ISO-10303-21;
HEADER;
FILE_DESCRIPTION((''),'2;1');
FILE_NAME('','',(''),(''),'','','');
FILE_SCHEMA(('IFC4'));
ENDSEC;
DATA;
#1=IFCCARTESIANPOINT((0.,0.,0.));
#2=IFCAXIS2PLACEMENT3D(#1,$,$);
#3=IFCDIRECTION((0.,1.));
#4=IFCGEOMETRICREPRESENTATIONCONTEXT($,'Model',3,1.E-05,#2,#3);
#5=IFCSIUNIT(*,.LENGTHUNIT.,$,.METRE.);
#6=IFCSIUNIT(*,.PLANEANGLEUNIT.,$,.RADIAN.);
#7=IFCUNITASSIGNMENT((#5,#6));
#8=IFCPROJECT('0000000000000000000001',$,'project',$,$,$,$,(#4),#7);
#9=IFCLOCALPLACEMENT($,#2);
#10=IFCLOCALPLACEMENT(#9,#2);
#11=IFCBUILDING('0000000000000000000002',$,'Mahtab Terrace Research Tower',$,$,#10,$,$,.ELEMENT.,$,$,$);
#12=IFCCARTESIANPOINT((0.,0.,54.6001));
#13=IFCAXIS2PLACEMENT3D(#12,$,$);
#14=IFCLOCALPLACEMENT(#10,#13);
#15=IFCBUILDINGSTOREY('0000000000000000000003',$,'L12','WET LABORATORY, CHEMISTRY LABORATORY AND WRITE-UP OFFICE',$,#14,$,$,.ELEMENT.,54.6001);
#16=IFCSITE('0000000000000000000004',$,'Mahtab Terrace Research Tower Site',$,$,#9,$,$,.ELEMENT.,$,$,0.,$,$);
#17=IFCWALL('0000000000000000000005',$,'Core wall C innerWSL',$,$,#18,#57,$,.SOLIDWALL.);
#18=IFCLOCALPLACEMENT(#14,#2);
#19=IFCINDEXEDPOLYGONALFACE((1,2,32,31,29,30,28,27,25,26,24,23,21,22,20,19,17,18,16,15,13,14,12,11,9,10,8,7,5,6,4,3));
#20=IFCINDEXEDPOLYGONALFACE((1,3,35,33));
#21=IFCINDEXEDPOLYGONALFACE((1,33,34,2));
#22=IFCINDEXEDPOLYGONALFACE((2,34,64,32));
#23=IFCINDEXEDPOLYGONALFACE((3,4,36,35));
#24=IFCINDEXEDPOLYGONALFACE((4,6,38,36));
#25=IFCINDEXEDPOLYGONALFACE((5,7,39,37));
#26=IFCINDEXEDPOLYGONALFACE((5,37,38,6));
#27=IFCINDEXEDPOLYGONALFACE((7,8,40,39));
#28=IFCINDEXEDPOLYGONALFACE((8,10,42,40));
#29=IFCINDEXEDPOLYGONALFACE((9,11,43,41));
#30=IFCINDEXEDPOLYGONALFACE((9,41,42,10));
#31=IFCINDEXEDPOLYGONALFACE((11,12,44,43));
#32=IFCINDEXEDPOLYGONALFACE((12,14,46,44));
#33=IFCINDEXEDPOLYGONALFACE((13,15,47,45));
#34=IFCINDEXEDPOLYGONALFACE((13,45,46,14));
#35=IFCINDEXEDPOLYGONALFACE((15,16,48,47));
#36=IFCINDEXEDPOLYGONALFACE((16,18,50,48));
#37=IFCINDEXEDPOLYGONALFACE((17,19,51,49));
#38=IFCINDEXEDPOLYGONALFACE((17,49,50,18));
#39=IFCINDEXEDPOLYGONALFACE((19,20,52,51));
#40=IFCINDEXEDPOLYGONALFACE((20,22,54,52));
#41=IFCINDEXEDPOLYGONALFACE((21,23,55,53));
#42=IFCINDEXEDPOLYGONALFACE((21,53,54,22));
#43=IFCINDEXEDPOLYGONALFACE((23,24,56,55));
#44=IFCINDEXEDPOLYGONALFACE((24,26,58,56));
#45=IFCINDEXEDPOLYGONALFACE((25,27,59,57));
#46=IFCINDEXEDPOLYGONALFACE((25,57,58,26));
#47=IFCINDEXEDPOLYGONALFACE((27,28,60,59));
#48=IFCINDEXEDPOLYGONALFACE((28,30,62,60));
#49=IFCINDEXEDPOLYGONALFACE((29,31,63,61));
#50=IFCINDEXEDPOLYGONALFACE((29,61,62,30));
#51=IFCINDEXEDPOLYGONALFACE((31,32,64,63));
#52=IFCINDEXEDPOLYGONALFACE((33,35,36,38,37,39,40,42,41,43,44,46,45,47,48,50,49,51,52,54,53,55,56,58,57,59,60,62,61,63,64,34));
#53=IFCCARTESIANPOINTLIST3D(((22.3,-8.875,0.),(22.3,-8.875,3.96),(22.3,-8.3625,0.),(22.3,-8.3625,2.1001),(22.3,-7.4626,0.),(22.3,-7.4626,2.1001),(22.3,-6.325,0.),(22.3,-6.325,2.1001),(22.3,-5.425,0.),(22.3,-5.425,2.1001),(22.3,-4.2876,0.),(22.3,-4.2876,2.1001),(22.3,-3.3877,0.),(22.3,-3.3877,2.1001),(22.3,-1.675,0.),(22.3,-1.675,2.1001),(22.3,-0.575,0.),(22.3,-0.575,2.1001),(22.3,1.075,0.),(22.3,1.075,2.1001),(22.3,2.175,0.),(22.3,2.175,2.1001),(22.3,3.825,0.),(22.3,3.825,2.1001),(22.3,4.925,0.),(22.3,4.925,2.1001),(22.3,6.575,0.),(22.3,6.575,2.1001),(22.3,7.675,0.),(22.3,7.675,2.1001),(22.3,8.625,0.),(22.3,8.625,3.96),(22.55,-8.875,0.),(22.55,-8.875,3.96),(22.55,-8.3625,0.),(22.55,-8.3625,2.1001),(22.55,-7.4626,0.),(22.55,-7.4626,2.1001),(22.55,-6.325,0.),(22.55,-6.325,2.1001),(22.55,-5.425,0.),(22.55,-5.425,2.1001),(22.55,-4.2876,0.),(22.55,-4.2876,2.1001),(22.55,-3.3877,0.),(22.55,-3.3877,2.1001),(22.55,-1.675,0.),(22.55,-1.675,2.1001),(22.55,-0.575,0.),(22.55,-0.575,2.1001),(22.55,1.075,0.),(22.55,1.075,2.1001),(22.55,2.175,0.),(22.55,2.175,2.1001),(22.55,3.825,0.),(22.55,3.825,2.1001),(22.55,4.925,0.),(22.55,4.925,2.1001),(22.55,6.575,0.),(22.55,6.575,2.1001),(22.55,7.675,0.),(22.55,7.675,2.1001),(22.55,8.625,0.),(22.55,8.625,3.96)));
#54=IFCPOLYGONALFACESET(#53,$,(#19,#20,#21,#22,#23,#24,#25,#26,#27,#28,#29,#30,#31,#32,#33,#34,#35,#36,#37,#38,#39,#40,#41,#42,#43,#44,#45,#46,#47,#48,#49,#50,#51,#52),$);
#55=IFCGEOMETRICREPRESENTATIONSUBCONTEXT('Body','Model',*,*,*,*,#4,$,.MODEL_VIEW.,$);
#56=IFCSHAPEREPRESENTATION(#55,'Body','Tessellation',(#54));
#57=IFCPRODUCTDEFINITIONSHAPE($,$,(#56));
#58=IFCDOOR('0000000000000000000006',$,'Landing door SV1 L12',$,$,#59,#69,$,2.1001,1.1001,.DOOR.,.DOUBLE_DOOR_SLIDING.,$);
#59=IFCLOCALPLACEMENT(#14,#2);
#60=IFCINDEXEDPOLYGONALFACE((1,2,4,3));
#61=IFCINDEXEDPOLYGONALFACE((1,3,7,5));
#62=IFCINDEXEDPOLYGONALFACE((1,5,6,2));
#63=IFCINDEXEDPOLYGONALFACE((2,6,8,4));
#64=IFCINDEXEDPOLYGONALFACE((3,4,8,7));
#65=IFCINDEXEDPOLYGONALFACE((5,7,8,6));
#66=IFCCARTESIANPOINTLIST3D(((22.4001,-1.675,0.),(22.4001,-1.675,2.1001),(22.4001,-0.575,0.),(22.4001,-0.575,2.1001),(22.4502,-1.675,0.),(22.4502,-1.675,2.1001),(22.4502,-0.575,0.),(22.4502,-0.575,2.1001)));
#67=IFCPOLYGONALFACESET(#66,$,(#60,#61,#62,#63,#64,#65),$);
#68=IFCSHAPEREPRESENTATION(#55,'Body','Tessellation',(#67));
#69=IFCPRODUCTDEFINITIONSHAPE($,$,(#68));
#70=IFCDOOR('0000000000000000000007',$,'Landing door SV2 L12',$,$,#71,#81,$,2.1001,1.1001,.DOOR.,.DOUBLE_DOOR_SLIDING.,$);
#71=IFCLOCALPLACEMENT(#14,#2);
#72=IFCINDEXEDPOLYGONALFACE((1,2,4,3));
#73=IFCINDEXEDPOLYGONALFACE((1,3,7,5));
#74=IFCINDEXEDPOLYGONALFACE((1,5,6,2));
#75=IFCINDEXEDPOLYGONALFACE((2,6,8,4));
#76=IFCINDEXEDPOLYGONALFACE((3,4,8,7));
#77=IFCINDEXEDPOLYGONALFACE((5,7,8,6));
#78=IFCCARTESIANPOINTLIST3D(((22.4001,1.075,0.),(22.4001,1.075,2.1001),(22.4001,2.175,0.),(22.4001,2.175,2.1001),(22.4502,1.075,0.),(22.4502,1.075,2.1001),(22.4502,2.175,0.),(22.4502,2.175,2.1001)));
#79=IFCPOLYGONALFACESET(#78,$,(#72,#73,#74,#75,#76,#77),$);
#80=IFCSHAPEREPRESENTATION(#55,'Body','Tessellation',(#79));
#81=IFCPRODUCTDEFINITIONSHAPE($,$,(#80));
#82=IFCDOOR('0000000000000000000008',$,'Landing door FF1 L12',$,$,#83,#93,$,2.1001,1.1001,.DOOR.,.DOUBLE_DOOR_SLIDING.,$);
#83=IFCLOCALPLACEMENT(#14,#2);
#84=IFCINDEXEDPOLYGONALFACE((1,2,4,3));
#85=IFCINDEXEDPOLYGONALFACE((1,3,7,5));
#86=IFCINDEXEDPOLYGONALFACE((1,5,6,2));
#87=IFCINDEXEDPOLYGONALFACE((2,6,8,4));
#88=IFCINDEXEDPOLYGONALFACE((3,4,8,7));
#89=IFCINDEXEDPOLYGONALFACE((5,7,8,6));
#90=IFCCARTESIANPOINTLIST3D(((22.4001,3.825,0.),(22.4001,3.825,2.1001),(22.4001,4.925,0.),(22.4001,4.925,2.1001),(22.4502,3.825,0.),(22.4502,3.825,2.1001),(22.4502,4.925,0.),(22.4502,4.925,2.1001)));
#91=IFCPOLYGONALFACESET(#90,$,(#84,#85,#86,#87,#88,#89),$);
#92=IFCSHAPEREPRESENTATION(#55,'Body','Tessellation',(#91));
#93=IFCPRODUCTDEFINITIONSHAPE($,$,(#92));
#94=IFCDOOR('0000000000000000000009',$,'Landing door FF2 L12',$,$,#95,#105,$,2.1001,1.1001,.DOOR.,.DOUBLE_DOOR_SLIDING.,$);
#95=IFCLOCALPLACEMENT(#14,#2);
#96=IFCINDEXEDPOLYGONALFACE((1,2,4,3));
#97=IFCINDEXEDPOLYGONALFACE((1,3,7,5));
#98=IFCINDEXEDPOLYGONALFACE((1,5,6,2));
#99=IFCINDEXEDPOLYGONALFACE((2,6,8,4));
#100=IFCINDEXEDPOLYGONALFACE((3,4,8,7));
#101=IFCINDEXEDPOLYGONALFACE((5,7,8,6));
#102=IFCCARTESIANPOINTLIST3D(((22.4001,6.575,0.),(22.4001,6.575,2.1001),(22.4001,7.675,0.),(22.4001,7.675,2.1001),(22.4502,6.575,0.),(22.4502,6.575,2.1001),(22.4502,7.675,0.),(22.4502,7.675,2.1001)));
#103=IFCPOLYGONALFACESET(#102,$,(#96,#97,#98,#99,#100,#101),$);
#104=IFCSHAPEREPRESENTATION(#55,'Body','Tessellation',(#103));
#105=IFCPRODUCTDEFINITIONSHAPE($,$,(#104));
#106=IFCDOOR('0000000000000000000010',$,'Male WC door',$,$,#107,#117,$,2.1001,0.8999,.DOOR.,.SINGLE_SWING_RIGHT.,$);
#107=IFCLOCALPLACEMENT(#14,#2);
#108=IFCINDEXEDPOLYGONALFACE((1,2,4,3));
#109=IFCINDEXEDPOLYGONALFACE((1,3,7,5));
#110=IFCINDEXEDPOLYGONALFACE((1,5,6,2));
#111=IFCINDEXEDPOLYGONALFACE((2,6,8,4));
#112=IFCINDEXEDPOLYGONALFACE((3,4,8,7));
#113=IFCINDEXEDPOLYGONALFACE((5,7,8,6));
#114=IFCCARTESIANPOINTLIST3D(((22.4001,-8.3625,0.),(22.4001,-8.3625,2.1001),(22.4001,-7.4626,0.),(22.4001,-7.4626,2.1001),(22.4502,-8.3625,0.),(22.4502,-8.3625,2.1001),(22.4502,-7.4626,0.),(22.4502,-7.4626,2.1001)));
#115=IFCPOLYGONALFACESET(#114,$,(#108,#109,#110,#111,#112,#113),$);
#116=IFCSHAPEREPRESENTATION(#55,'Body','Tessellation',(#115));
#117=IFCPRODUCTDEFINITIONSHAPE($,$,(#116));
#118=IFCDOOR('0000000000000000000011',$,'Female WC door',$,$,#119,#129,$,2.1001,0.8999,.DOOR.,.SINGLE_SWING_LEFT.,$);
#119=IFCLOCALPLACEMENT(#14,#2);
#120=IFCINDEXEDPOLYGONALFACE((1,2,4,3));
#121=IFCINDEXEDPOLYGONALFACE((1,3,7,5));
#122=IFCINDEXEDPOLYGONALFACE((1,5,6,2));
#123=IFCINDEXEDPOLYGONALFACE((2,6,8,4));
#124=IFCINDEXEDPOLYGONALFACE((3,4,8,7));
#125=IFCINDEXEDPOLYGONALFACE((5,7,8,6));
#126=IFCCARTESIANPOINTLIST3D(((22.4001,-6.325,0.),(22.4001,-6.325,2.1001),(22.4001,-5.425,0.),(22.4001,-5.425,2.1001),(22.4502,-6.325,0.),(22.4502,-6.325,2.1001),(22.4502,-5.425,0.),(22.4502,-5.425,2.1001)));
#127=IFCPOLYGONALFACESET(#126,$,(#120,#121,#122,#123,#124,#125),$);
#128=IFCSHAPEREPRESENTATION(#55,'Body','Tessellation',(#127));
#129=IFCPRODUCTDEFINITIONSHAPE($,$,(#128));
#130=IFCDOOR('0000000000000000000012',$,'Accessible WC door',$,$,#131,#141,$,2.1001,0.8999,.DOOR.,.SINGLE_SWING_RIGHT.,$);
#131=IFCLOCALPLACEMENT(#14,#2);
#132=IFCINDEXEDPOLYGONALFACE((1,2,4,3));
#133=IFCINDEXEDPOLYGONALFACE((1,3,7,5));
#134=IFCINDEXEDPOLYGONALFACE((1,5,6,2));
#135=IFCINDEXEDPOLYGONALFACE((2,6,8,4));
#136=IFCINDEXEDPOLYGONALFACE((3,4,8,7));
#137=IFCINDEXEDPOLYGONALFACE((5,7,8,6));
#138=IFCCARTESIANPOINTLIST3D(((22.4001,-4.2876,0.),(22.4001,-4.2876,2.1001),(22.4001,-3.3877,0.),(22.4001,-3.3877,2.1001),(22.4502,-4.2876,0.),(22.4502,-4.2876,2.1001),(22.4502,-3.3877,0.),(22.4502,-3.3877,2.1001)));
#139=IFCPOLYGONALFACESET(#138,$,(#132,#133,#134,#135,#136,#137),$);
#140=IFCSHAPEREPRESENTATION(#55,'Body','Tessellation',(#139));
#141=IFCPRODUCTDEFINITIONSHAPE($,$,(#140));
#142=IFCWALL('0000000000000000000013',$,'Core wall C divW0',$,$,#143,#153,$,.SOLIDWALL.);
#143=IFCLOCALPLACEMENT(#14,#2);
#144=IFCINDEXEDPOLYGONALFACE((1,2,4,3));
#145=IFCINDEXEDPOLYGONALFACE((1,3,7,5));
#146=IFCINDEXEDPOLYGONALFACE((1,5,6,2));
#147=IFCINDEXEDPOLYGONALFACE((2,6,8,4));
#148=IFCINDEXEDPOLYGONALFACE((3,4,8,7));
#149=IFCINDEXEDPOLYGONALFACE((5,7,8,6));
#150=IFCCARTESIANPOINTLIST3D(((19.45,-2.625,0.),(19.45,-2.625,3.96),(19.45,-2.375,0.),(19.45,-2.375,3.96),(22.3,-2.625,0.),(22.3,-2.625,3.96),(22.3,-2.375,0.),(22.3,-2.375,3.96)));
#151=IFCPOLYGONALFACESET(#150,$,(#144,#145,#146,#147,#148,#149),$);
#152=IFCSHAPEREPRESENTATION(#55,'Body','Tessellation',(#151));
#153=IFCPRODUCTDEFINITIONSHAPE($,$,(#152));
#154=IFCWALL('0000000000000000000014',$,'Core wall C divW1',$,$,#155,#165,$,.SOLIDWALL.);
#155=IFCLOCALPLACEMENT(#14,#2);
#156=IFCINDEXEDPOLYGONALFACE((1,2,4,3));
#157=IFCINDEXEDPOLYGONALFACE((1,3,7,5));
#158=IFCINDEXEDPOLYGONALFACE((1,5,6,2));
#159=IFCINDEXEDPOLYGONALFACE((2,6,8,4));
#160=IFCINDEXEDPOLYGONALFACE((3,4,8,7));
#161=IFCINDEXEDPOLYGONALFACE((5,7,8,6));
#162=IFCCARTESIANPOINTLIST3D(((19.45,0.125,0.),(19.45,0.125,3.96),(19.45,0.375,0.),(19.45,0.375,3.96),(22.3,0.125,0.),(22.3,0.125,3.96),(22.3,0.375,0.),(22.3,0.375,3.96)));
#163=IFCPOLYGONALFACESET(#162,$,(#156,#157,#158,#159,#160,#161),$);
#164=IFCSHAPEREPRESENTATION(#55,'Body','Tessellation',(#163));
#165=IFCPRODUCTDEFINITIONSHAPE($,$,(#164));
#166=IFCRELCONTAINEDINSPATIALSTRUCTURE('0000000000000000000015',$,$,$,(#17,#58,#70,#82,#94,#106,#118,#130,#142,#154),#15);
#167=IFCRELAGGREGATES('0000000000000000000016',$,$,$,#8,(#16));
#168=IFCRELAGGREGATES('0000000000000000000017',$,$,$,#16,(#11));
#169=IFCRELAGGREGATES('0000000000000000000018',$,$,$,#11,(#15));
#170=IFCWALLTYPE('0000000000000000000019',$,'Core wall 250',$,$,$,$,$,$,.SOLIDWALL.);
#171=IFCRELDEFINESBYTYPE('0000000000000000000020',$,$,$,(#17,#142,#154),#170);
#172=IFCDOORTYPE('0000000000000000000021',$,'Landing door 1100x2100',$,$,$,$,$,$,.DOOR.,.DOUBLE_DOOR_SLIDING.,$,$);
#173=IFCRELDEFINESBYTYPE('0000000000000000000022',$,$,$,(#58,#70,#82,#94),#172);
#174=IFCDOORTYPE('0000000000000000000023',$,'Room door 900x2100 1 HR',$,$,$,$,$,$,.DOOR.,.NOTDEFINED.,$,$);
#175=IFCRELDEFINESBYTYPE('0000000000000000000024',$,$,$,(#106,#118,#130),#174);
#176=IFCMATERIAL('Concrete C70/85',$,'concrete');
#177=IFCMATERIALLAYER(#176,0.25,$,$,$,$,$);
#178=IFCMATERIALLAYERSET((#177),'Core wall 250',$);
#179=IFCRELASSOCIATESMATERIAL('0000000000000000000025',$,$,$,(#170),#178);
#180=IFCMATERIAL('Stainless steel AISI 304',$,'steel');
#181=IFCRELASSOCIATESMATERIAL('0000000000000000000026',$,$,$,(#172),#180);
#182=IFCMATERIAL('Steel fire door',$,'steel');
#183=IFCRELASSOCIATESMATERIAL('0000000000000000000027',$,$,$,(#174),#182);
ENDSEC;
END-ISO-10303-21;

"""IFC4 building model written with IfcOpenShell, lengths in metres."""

from ifc_helpers import new_model, si_unit, direction, frame, frame_2d, origin, place, context, subcontext, project, spatial, rectangle, extrude, material, layer, layer_set, type_object, element, fill, save


model = new_model("IFC4")

# Units and contexts
model_context = context("Model", 3, precision=1e-05, world=origin(), true_north=direction((0.0, 1.0)))
body_context = subcontext(model_context, "Body", "Model", "MODEL_VIEW")
ifc_project = project(units=[si_unit("LENGTHUNIT", "METRE"), si_unit("PLANEANGLEUNIT", "RADIAN")], contexts=[model_context])

# Site, building, storey
site_placement = place(None, origin())
site = spatial("IfcSite", under=ifc_project, at=site_placement, Name="Mahtab Terrace Research Tower Site", CompositionType="ELEMENT", RefElevation=0.0)
building_placement = place(site_placement, origin())
building = spatial("IfcBuilding", under=site, at=building_placement, Name="Mahtab Terrace Research Tower", CompositionType="ELEMENT")
storey_placement = place(building_placement, frame((0.0, 0.0, 54.6001)))
storey = spatial("IfcBuildingStorey", under=building, at=storey_placement, Name="L12", Description="WET LABORATORY, CHEMISTRY LABORATORY AND WRITE-UP OFFICE", CompositionType="ELEMENT", Elevation=54.6001)

# Shared definitions
ifc_material_1 = material(Name="Concrete C70/85", Category="concrete")

# Wall, openings, doors
ifc_layer_1 = layer(ifc_material_1, 0.25)
ifc_layer_set_1 = layer_set([ifc_layer_1], Name="Core wall 250")
wall_type_1 = type_object("IfcWallType", Name="Core wall 250", PredefinedType="SOLIDWALL", material=ifc_layer_set_1)
wall_1_placement = place(storey_placement, frame((22.425, -8.875, 0.0), z_axis=(0.0, 0.0, 1.0), x_axis=(0.0, 1.0, 0.0)))
wall_1 = element("IfcWall", 1, at=wall_1_placement, inside=storey, type_object=wall_type_1, Name="Core wall C innerWSL", PredefinedType="SOLIDWALL", context=body_context, shape_type="SweptSolid", body=[
    extrude(rectangle(XDim=17.5, YDim=0.25, at=frame_2d((8.75, 0.0))), origin(), (0.0, 0.0, 1.0), 3.96),
])
opening_1_placement = place(wall_1_placement, frame((7.2, 0.0, 0.0)))
opening_1 = element("IfcOpeningElement", 2, at=opening_1_placement, cuts=wall_1, PredefinedType="OPENING", context=body_context, shape_type="SweptSolid", body=[
    extrude(rectangle(XDim=1.1001, YDim=2.1001, at=frame_2d((0.55, 1.05))), frame((0.0, 0.135, 0.0), z_axis=(0.0, -1.0, 0.0), x_axis=(1.0, 0.0, 0.0)), (0.0, 0.0, 1.0), 0.27),
])
opening_2_placement = place(wall_1_placement, frame((9.95, 0.0, 0.0)))
opening_2 = element("IfcOpeningElement", 3, at=opening_2_placement, cuts=wall_1, PredefinedType="OPENING", context=body_context, shape_type="SweptSolid", body=[
    extrude(rectangle(XDim=1.1001, YDim=2.1001, at=frame_2d((0.55, 1.05))), frame((0.0, 0.135, 0.0), z_axis=(0.0, -1.0, 0.0), x_axis=(1.0, 0.0, 0.0)), (0.0, 0.0, 1.0), 0.27),
])
opening_3_placement = place(wall_1_placement, frame((12.7, 0.0, 0.0)))
opening_3 = element("IfcOpeningElement", 4, at=opening_3_placement, cuts=wall_1, PredefinedType="OPENING", context=body_context, shape_type="SweptSolid", body=[
    extrude(rectangle(XDim=1.1001, YDim=2.1001, at=frame_2d((0.55, 1.05))), frame((0.0, 0.135, 0.0), z_axis=(0.0, -1.0, 0.0), x_axis=(1.0, 0.0, 0.0)), (0.0, 0.0, 1.0), 0.27),
])
opening_4_placement = place(wall_1_placement, frame((15.45, 0.0, 0.0)))
opening_4 = element("IfcOpeningElement", 5, at=opening_4_placement, cuts=wall_1, PredefinedType="OPENING", context=body_context, shape_type="SweptSolid", body=[
    extrude(rectangle(XDim=1.1001, YDim=2.1001, at=frame_2d((0.55, 1.05))), frame((0.0, 0.135, 0.0), z_axis=(0.0, -1.0, 0.0), x_axis=(1.0, 0.0, 0.0)), (0.0, 0.0, 1.0), 0.27),
])
opening_5_placement = place(wall_1_placement, frame((0.5125, 0.0, 0.0)))
opening_5 = element("IfcOpeningElement", 6, at=opening_5_placement, cuts=wall_1, PredefinedType="OPENING", context=body_context, shape_type="SweptSolid", body=[
    extrude(rectangle(XDim=0.8999, YDim=2.1001, at=frame_2d((0.45, 1.05))), frame((0.0, 0.135, 0.0), z_axis=(0.0, -1.0, 0.0), x_axis=(1.0, 0.0, 0.0)), (0.0, 0.0, 1.0), 0.27),
])
opening_6_placement = place(wall_1_placement, frame((2.55, 0.0, 0.0)))
opening_6 = element("IfcOpeningElement", 7, at=opening_6_placement, cuts=wall_1, PredefinedType="OPENING", context=body_context, shape_type="SweptSolid", body=[
    extrude(rectangle(XDim=0.8999, YDim=2.1001, at=frame_2d((0.45, 1.05))), frame((0.0, 0.135, 0.0), z_axis=(0.0, -1.0, 0.0), x_axis=(1.0, 0.0, 0.0)), (0.0, 0.0, 1.0), 0.27),
])
opening_7_placement = place(wall_1_placement, frame((4.5874, 0.0, 0.0)))
opening_7 = element("IfcOpeningElement", 8, at=opening_7_placement, cuts=wall_1, PredefinedType="OPENING", context=body_context, shape_type="SweptSolid", body=[
    extrude(rectangle(XDim=0.8999, YDim=2.1001, at=frame_2d((0.45, 1.05))), frame((0.0, 0.135, 0.0), z_axis=(0.0, -1.0, 0.0), x_axis=(1.0, 0.0, 0.0)), (0.0, 0.0, 1.0), 0.27),
])
ifc_material_2 = material(Name="Stainless steel AISI 304", Category="steel")
door_type_1 = type_object("IfcDoorType", Name="Landing door 1100x2100", OperationType="DOUBLE_DOOR_SLIDING", PredefinedType="DOOR", material=ifc_material_2)
door_1_placement = place(opening_1_placement, origin())
door_1 = element("IfcDoor", 9, at=door_1_placement, inside=storey, type_object=door_type_1, Name="Landing door SV1 L12", OperationType="DOUBLE_DOOR_SLIDING", OverallHeight=2.1001, OverallWidth=1.1001, PredefinedType="DOOR", context=body_context, shape_type="SweptSolid", body=[
    extrude(rectangle(XDim=1.1001, YDim=2.1001, at=frame_2d((0.55, 1.05))), frame((0.0, 0.0249, 0.0), z_axis=(0.0, -1.0, 0.0), x_axis=(1.0, 0.0, 0.0)), (0.0, 0.0, 1.0), 0.05),
])
fill(opening_1, door_1)
door_2_placement = place(opening_2_placement, origin())
door_2 = element("IfcDoor", 10, at=door_2_placement, inside=storey, type_object=door_type_1, Name="Landing door SV2 L12", OperationType="DOUBLE_DOOR_SLIDING", OverallHeight=2.1001, OverallWidth=1.1001, PredefinedType="DOOR", context=body_context, shape_type="SweptSolid", body=[
    extrude(rectangle(XDim=1.1001, YDim=2.1001, at=frame_2d((0.55, 1.05))), frame((0.0, 0.0249, 0.0), z_axis=(0.0, -1.0, 0.0), x_axis=(1.0, 0.0, 0.0)), (0.0, 0.0, 1.0), 0.05),
])
fill(opening_2, door_2)
door_3_placement = place(opening_3_placement, origin())
door_3 = element("IfcDoor", 11, at=door_3_placement, inside=storey, type_object=door_type_1, Name="Landing door FF1 L12", OperationType="DOUBLE_DOOR_SLIDING", OverallHeight=2.1001, OverallWidth=1.1001, PredefinedType="DOOR", context=body_context, shape_type="SweptSolid", body=[
    extrude(rectangle(XDim=1.1001, YDim=2.1001, at=frame_2d((0.55, 1.05))), frame((0.0, 0.0249, 0.0), z_axis=(0.0, -1.0, 0.0), x_axis=(1.0, 0.0, 0.0)), (0.0, 0.0, 1.0), 0.05),
])
fill(opening_3, door_3)
door_4_placement = place(opening_4_placement, origin())
door_4 = element("IfcDoor", 12, at=door_4_placement, inside=storey, type_object=door_type_1, Name="Landing door FF2 L12", OperationType="DOUBLE_DOOR_SLIDING", OverallHeight=2.1001, OverallWidth=1.1001, PredefinedType="DOOR", context=body_context, shape_type="SweptSolid", body=[
    extrude(rectangle(XDim=1.1001, YDim=2.1001, at=frame_2d((0.55, 1.05))), frame((0.0, 0.0249, 0.0), z_axis=(0.0, -1.0, 0.0), x_axis=(1.0, 0.0, 0.0)), (0.0, 0.0, 1.0), 0.05),
])
fill(opening_4, door_4)
ifc_material_3 = material(Name="Steel fire door", Category="steel")
door_type_2 = type_object("IfcDoorType", Name="Room door 900x2100 1 HR", OperationType="NOTDEFINED", PredefinedType="DOOR", material=ifc_material_3)
door_5_placement = place(opening_5_placement, origin())
door_5 = element("IfcDoor", 13, at=door_5_placement, inside=storey, type_object=door_type_2, Name="Male WC door", OperationType="SINGLE_SWING_RIGHT", OverallHeight=2.1001, OverallWidth=0.8999, PredefinedType="DOOR", context=body_context, shape_type="SweptSolid", body=[
    extrude(rectangle(XDim=0.8999, YDim=2.1001, at=frame_2d((0.45, 1.05))), frame((0.0, 0.0249, 0.0), z_axis=(0.0, -1.0, 0.0), x_axis=(1.0, 0.0, 0.0)), (0.0, 0.0, 1.0), 0.05),
])
fill(opening_5, door_5)
door_6_placement = place(opening_6_placement, origin())
door_6 = element("IfcDoor", 14, at=door_6_placement, inside=storey, type_object=door_type_2, Name="Female WC door", OperationType="SINGLE_SWING_LEFT", OverallHeight=2.1001, OverallWidth=0.8999, PredefinedType="DOOR", context=body_context, shape_type="SweptSolid", body=[
    extrude(rectangle(XDim=0.8999, YDim=2.1001, at=frame_2d((0.45, 1.05))), frame((0.0, 0.0249, 0.0), z_axis=(0.0, -1.0, 0.0), x_axis=(1.0, 0.0, 0.0)), (0.0, 0.0, 1.0), 0.05),
])
fill(opening_6, door_6)
door_7_placement = place(opening_7_placement, origin())
door_7 = element("IfcDoor", 15, at=door_7_placement, inside=storey, type_object=door_type_2, Name="Accessible WC door", OperationType="SINGLE_SWING_RIGHT", OverallHeight=2.1001, OverallWidth=0.8999, PredefinedType="DOOR", context=body_context, shape_type="SweptSolid", body=[
    extrude(rectangle(XDim=0.8999, YDim=2.1001, at=frame_2d((0.45, 1.05))), frame((0.0, 0.0249, 0.0), z_axis=(0.0, -1.0, 0.0), x_axis=(1.0, 0.0, 0.0)), (0.0, 0.0, 1.0), 0.05),
])
fill(opening_7, door_7)

# Walls
for number, where, z_axis, x_axis, name in (
    (16, (19.45, -2.5, 0.0), (0.0, 0.0, 1.0), (1.0, 0.0, 0.0), "Core wall C divW0"),
    (17, (19.45, 0.25, 0.0), (0.0, 0.0, 1.0), (1.0, 0.0, 0.0), "Core wall C divW1"),
):
    element("IfcWall", number, at=place(storey_placement, frame(where, z_axis=z_axis, x_axis=x_axis)), inside=storey, type_object=wall_type_1, Name=name, PredefinedType="SOLIDWALL", context=body_context, shape_type="SweptSolid", body=[
        extrude(rectangle(XDim=2.8501, YDim=0.25, at=frame_2d((1.425, 0.0))), origin(), (0.0, 0.0, 1.0), 3.96),
    ])

save(model, "model.ifc")
